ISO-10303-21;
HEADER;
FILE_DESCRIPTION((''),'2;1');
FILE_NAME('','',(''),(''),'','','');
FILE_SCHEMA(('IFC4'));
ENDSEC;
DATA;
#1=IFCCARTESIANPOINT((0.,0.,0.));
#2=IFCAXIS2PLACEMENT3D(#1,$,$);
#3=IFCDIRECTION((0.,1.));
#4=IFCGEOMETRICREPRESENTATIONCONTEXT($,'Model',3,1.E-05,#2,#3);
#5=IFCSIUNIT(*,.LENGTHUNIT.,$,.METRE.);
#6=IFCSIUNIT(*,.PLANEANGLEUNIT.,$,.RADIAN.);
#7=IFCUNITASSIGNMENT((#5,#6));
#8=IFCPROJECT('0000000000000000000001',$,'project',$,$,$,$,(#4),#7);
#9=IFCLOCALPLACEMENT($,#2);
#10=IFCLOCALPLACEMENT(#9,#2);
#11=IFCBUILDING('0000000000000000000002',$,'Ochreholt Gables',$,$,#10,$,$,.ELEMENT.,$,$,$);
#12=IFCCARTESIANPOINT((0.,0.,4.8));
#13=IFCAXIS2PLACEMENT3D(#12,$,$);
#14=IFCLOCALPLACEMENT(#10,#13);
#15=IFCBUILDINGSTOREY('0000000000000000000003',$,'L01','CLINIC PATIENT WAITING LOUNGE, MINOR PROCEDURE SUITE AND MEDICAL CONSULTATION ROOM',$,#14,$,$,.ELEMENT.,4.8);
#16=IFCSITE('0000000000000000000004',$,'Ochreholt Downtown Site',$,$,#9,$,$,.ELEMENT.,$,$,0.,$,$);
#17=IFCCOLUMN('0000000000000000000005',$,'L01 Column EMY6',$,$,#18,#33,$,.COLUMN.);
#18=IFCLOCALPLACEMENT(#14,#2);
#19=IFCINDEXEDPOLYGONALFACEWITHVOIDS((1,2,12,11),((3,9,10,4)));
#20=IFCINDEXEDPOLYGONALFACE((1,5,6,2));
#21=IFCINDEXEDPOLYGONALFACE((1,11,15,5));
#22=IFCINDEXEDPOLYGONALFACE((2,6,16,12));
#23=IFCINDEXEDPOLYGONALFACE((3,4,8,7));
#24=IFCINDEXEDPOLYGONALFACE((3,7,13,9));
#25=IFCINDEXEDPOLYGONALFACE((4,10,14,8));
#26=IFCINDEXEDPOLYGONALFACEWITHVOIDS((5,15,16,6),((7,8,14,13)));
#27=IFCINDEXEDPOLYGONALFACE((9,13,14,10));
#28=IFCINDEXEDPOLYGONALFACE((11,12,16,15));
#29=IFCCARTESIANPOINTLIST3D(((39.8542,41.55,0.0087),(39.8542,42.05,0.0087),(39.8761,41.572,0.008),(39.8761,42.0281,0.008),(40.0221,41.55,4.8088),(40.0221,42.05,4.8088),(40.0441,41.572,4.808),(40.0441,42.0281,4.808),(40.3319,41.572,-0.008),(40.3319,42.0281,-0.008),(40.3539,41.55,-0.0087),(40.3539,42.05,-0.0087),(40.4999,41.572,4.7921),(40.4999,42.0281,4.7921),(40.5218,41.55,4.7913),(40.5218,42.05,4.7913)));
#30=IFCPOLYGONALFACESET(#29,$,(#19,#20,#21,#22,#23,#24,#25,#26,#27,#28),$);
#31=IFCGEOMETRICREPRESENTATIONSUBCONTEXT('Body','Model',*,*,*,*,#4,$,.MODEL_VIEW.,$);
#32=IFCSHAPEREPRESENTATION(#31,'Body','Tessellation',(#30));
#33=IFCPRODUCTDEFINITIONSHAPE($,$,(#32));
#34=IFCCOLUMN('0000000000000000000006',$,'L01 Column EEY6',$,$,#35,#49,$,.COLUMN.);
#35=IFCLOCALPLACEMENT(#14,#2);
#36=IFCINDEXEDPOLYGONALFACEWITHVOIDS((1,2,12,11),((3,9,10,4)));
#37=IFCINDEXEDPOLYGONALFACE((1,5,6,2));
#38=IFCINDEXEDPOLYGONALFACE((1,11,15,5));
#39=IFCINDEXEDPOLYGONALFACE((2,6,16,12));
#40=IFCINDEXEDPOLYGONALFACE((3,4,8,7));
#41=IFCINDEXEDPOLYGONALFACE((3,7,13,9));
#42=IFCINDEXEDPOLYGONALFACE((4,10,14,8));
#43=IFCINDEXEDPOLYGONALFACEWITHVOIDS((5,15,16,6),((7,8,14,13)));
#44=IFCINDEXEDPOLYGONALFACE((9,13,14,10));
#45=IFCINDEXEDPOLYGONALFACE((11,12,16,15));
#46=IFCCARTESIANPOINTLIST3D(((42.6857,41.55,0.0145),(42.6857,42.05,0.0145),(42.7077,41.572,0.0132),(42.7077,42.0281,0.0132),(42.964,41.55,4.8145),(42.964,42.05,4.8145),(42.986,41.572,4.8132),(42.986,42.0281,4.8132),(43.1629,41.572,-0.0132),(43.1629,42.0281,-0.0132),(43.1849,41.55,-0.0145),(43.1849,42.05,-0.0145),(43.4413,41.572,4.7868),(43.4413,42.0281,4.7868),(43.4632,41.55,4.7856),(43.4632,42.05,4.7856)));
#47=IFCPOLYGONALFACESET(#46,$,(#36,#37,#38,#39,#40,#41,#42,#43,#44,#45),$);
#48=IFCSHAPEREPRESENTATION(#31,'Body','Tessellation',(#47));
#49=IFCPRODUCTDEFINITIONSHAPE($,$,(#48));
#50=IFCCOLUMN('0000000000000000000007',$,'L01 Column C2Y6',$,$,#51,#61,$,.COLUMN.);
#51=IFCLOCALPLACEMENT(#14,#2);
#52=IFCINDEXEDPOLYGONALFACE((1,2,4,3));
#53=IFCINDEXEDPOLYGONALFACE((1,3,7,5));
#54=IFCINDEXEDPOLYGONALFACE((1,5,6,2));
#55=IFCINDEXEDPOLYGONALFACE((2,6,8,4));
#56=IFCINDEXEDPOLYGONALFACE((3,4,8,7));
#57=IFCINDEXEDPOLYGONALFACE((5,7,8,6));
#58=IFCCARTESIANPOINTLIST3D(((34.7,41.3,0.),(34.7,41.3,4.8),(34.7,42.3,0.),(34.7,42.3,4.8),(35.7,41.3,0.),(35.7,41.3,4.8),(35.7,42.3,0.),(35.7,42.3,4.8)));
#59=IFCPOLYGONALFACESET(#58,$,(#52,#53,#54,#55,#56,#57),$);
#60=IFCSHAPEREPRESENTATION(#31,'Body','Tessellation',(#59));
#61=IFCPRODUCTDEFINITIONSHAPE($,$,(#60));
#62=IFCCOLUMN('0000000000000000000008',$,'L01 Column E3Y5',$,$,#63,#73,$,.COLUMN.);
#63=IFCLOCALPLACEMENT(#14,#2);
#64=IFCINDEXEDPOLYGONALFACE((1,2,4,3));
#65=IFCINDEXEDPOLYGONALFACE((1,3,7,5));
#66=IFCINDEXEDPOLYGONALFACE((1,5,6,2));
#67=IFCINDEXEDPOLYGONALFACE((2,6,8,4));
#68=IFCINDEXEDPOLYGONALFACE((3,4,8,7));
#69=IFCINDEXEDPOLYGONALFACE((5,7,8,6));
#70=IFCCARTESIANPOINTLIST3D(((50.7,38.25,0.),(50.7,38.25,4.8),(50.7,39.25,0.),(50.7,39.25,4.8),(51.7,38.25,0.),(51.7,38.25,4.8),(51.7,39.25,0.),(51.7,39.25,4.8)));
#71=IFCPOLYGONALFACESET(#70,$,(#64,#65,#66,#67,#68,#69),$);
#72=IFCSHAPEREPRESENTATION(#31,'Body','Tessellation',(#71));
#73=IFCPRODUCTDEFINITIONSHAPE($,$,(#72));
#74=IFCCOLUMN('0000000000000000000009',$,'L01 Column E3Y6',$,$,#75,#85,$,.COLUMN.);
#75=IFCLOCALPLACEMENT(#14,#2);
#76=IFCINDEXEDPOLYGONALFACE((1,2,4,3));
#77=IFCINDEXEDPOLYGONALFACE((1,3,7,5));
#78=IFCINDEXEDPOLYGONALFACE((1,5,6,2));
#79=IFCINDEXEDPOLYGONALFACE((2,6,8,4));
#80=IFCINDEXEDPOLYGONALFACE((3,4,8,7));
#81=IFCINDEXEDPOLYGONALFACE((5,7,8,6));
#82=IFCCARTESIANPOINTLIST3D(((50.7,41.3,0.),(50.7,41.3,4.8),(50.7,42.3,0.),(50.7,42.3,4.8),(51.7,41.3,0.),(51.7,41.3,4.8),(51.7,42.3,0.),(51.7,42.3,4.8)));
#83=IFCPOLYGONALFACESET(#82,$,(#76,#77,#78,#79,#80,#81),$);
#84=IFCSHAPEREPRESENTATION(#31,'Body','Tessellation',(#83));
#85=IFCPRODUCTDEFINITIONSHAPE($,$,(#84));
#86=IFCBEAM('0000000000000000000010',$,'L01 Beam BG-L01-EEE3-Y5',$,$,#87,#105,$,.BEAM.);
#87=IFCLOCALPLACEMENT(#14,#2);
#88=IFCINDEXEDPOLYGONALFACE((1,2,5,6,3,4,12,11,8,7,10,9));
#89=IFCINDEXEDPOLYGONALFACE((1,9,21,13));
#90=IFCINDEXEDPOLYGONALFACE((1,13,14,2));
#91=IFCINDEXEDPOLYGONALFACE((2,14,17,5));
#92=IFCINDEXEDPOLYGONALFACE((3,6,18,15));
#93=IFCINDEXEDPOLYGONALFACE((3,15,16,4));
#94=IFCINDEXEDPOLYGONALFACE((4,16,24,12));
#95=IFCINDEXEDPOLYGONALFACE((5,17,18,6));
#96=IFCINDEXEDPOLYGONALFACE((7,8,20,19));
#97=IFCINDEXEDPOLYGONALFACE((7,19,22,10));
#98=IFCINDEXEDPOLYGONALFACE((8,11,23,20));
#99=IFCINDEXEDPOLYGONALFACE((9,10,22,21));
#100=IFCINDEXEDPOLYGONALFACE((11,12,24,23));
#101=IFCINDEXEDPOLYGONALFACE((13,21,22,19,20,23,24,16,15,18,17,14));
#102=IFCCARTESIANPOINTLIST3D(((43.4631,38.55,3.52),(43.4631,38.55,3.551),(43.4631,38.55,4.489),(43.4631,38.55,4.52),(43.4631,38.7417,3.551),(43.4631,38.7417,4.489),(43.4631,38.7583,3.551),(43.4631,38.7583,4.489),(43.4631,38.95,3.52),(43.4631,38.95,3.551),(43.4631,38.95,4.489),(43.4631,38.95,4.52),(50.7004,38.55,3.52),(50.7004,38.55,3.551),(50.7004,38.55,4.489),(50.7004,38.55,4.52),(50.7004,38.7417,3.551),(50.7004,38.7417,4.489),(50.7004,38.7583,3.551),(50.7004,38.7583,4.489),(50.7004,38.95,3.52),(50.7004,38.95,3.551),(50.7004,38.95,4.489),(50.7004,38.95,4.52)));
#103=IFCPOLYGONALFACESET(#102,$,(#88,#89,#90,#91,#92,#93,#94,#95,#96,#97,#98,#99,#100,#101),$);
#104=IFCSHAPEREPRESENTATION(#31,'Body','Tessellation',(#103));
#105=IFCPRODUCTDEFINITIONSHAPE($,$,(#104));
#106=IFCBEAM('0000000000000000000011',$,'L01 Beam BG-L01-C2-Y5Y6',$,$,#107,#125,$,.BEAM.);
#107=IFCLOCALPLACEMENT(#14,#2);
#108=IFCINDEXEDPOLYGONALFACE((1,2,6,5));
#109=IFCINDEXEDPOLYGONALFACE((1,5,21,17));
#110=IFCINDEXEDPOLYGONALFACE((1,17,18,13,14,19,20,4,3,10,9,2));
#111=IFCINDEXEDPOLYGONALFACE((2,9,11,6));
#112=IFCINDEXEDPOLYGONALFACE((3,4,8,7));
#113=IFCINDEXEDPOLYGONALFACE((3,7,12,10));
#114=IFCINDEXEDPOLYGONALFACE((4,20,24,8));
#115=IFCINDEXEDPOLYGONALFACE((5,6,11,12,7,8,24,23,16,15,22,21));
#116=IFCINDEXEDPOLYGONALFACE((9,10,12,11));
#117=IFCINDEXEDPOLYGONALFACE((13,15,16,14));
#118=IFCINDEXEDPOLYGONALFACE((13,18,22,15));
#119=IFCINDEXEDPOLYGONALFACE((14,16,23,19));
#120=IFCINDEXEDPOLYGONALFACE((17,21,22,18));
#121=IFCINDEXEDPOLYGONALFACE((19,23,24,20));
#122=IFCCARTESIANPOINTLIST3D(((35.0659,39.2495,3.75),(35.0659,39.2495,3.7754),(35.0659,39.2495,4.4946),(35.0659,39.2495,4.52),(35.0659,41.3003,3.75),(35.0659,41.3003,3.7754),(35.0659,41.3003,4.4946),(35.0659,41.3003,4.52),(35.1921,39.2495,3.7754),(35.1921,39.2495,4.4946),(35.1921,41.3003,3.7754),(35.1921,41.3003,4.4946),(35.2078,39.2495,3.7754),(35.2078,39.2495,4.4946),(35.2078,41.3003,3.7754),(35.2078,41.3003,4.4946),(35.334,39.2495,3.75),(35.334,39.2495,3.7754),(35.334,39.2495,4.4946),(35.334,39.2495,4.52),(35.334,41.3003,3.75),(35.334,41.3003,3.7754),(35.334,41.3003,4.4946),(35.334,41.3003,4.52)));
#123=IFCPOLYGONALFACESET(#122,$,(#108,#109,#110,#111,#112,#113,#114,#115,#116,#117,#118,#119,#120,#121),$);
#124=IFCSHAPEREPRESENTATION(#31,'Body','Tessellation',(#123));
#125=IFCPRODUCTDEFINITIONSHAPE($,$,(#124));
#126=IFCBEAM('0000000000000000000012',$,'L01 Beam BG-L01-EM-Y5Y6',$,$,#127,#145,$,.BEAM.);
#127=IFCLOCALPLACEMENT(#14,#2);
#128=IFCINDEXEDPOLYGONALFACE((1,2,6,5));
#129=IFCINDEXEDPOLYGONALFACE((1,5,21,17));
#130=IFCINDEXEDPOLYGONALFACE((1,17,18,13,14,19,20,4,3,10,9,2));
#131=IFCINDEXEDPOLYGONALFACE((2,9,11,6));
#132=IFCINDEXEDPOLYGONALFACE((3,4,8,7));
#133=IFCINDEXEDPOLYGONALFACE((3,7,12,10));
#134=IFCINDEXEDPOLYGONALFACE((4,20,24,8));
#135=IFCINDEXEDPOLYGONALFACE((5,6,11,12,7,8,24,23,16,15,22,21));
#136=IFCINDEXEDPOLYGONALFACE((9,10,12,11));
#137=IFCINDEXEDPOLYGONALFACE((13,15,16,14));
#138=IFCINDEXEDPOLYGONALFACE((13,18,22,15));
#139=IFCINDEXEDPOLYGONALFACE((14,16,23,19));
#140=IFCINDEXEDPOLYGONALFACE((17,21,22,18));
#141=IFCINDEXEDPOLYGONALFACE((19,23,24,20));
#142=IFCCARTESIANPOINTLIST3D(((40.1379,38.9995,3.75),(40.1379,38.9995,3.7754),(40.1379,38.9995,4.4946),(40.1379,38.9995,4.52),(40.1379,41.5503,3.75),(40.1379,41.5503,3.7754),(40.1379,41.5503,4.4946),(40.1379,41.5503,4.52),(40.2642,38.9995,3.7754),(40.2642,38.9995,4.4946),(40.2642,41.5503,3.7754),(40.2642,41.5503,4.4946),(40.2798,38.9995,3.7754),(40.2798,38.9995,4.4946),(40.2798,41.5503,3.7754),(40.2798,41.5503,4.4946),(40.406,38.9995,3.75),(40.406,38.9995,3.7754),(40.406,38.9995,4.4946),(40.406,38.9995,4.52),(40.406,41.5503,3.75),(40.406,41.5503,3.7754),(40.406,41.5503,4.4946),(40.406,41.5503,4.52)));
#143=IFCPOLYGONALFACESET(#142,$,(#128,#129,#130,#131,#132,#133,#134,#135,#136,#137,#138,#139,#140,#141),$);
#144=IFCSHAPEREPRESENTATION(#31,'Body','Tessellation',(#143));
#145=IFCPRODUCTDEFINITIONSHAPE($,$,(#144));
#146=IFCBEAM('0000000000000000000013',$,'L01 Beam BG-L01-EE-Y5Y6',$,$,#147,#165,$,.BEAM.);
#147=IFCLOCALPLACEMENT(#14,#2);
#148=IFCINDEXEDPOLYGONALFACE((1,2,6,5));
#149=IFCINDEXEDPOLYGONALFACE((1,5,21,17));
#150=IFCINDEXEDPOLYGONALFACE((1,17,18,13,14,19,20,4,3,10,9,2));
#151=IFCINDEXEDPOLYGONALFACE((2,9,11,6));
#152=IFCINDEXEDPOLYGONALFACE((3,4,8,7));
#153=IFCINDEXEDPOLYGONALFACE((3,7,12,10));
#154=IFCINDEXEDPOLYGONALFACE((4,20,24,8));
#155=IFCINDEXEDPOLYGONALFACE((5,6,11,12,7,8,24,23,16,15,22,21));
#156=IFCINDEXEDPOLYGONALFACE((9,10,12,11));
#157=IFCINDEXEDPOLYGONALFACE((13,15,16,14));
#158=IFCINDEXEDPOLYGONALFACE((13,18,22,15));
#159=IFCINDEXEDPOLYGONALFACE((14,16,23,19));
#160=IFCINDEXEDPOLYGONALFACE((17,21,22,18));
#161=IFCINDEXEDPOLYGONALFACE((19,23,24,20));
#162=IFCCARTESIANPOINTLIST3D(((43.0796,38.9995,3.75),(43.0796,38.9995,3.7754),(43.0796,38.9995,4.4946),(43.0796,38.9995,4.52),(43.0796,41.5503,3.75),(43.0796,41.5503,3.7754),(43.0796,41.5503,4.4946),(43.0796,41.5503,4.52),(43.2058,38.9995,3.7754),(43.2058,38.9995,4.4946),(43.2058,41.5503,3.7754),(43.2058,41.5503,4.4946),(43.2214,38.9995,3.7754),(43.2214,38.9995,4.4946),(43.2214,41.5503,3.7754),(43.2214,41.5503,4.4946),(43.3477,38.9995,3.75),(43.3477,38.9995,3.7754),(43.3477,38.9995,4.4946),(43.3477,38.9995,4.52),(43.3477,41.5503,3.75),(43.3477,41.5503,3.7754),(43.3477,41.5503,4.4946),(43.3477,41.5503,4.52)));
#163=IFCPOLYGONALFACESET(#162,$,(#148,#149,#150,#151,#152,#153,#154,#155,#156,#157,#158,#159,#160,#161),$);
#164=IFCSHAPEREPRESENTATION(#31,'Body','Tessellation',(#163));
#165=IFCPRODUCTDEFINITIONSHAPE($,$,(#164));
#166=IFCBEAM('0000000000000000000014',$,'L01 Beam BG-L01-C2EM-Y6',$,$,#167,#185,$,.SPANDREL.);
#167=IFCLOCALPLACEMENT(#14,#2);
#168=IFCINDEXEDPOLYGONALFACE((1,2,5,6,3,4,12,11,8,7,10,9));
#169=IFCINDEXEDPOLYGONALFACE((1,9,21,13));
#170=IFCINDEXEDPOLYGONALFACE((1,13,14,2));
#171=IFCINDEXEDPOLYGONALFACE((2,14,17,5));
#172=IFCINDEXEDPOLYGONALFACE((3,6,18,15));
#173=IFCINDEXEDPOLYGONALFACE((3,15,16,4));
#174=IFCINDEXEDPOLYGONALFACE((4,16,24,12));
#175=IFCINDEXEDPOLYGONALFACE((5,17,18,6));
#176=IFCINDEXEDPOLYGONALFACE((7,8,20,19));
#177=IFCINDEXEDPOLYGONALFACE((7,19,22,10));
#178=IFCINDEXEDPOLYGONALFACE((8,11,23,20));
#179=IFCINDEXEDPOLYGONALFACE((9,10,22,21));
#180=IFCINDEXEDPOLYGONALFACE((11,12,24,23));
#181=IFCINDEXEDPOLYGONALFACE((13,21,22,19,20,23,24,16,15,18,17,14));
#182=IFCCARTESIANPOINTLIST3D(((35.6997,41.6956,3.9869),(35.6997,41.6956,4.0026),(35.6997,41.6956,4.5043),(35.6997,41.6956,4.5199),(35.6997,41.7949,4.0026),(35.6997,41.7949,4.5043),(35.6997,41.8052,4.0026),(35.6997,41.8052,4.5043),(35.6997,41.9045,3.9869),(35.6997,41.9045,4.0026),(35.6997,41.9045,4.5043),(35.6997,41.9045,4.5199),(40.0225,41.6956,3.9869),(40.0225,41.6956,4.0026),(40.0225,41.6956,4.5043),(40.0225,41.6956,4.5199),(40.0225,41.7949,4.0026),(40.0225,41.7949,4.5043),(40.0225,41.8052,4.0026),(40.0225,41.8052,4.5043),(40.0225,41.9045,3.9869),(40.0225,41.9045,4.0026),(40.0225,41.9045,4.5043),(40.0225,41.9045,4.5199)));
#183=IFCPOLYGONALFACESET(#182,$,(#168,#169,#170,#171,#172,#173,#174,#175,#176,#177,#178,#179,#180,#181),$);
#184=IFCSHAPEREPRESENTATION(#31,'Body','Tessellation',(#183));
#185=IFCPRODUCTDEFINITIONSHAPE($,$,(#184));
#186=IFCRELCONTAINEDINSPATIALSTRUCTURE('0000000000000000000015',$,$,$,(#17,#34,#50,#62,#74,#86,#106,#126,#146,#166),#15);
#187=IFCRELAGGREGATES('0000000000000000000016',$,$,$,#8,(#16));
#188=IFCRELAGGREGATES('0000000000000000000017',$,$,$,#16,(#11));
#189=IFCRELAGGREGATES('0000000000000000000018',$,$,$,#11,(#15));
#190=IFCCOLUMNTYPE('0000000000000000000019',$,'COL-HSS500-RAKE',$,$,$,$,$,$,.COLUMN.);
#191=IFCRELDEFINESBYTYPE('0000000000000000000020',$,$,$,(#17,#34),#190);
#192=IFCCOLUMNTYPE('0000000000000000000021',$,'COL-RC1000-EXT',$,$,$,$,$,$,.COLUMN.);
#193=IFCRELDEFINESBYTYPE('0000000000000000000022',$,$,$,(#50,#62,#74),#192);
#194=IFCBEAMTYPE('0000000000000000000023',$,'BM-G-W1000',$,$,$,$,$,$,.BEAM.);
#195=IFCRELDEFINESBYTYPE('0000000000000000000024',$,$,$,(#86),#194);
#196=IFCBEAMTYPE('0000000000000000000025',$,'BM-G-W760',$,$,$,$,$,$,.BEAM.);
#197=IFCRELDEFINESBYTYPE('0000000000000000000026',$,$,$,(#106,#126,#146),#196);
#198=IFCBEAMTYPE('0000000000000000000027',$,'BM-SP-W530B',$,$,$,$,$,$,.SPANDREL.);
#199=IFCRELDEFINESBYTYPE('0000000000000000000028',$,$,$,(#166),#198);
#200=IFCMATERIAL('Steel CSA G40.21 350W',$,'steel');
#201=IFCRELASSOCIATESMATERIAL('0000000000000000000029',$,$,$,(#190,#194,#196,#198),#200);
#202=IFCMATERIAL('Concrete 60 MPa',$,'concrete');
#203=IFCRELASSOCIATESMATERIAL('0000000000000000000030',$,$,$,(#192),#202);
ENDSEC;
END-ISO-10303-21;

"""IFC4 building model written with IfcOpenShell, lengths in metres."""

from ifc_helpers import new_model, si_unit, direction, frame, origin, origin_2d, place, context, subcontext, project, spatial, rectangle, hollow_rectangle, i_section, extrude, material, material_profile, profile_set, type_object, element, save


model = new_model("IFC4")

# Units and contexts
model_context = context("Model", 3, precision=1e-05, world=origin(), true_north=direction((0.0, 1.0)))
body_context = subcontext(model_context, "Body", "Model", "MODEL_VIEW")
ifc_project = project(units=[si_unit("LENGTHUNIT", "METRE"), si_unit("PLANEANGLEUNIT", "RADIAN")], contexts=[model_context])

# Site, building, storey
site_placement = place(None, origin())
site = spatial("IfcSite", under=ifc_project, at=site_placement, Name="Ochreholt Downtown Site", CompositionType="ELEMENT", RefElevation=0.0)
building_placement = place(site_placement, origin())
building = spatial("IfcBuilding", under=site, at=building_placement, Name="Ochreholt Gables", CompositionType="ELEMENT")
storey_placement = place(building_placement, frame((0.0, 0.0, 4.8)))
storey = spatial("IfcBuildingStorey", under=building, at=storey_placement, Name="L01", Description="CLINIC PATIENT WAITING LOUNGE, MINOR PROCEDURE SUITE AND MEDICAL CONSULTATION ROOM", CompositionType="ELEMENT", Elevation=4.8)

# Columns
ifc_material_1 = material(Name="Steel CSA G40.21 350W", Category="steel")
ifc_material_profile_1 = material_profile(ifc_material_1, hollow_rectangle(XDim=0.5, YDim=0.5, WallThickness=0.022, at=origin_2d()), Name="HSS500X500X22")
ifc_profile_set_1 = profile_set([ifc_material_profile_1], Name="Steel CSA G40.21 350W")
column_type_1 = type_object("IfcColumnType", Name="COL-HSS500-RAKE", PredefinedType="COLUMN", material=ifc_profile_set_1)
column_1_placement = place(storey_placement, frame((40.104, 41.8, 0.0), z_axis=(0.034972, 0.0, 0.999388), x_axis=(0.0, 1.0, 0.0)))
element("IfcColumn", 1, at=column_1_placement, inside=storey, type_object=column_type_1, Name="L01 Column EMY6", PredefinedType="COLUMN", context=body_context, shape_type="SweptSolid", body=[
    extrude(hollow_rectangle(XDim=0.5, YDim=0.5, WallThickness=0.022, at=origin_2d()), origin(), (0.0, 0.0, 1.0), 4.803),
])
column_2_placement = place(storey_placement, frame((42.9353, 41.8, 0.0), z_axis=(0.057886, 0.0, 0.998323), x_axis=(0.0, 1.0, 0.0)))
element("IfcColumn", 2, at=column_2_placement, inside=storey, type_object=column_type_1, Name="L01 Column EEY6", PredefinedType="COLUMN", context=body_context, shape_type="SweptSolid", body=[
    extrude(hollow_rectangle(XDim=0.5, YDim=0.5, WallThickness=0.022, at=origin_2d()), origin(), (0.0, 0.0, 1.0), 4.8081),
])
ifc_material_2 = material(Name="Concrete 60 MPa", Category="concrete")
ifc_material_profile_2 = material_profile(ifc_material_2, rectangle(XDim=1.0, YDim=1.0, at=origin_2d()), Name="RC1000X1000")
ifc_profile_set_2 = profile_set([ifc_material_profile_2], Name="Concrete 60 MPa")
column_type_2 = type_object("IfcColumnType", Name="COL-RC1000-EXT", PredefinedType="COLUMN", material=ifc_profile_set_2)
for number, where, z_axis, x_axis, name in (
    (3, (35.2, 41.8, 0.0), (0.0, 0.0, 1.0), (1.0, 0.0, 0.0), "L01 Column C2Y6"),
    (4, (51.2, 38.75, 0.0), (0.0, 0.0, 1.0), (1.0, 0.0, 0.0), "L01 Column E3Y5"),
    (5, (51.2, 41.8, 0.0), (0.0, 0.0, 1.0), (1.0, 0.0, 0.0), "L01 Column E3Y6"),
):
    element("IfcColumn", number, at=place(storey_placement, frame(where, z_axis=z_axis, x_axis=x_axis)), inside=storey, type_object=column_type_2, Name=name, PredefinedType="COLUMN", context=body_context, shape_type="SweptSolid", body=[
        extrude(rectangle(XDim=1.0, YDim=1.0, at=origin_2d()), origin(), (0.0, 0.0, 1.0), 4.8),
    ])

# Beams
ifc_material_profile_3 = material_profile(ifc_material_1, i_section(OverallWidth=0.3999, OverallDepth=1.0, WebThickness=0.0166, FlangeThickness=0.031, at=origin_2d()), Name="W1000X321")
ifc_profile_set_3 = profile_set([ifc_material_profile_3], Name="Steel CSA G40.21 350W")
beam_type_1 = type_object("IfcBeamType", Name="BM-G-W1000", PredefinedType="BEAM", material=ifc_profile_set_3)
beam_1_placement = place(storey_placement, frame((43.4631, 38.75, 4.02), z_axis=(1.0, 0.0, 0.0), x_axis=(0.0, 1.0, 0.0)))
element("IfcBeam", 6, at=beam_1_placement, inside=storey, type_object=beam_type_1, Name="L01 Beam BG-L01-EEE3-Y5", PredefinedType="BEAM", context=body_context, shape_type="SweptSolid", body=[
    extrude(i_section(OverallWidth=0.3999, OverallDepth=1.0, WebThickness=0.0166, FlangeThickness=0.031, at=origin_2d()), origin(), (0.0, 0.0, 1.0), 7.2373),
])
ifc_material_profile_4 = material_profile(ifc_material_1, i_section(OverallWidth=0.2681, OverallDepth=0.77, WebThickness=0.0156, FlangeThickness=0.0254, at=origin_2d()), Name="W760X196")
ifc_profile_set_4 = profile_set([ifc_material_profile_4], Name="Steel CSA G40.21 350W")
beam_type_2 = type_object("IfcBeamType", Name="BM-G-W760", PredefinedType="BEAM", material=ifc_profile_set_4)
beam_2_placement = place(storey_placement, frame((35.2, 39.2495, 4.135), z_axis=(0.0, 1.0, 0.0), x_axis=(-1.0, 0.0, 0.0)))
element("IfcBeam", 7, at=beam_2_placement, inside=storey, type_object=beam_type_2, Name="L01 Beam BG-L01-C2-Y5Y6", PredefinedType="BEAM", context=body_context, shape_type="SweptSolid", body=[
    extrude(i_section(OverallWidth=0.2681, OverallDepth=0.77, WebThickness=0.0156, FlangeThickness=0.0254, at=origin_2d()), origin(), (0.0, 0.0, 1.0), 2.0508),
])
for number, where, z_axis, x_axis, name in (
    (8, (40.272, 38.9995, 4.135), (0.0, 1.0, 0.0), (-1.0, 0.0, 0.0), "L01 Beam BG-L01-EM-Y5Y6"),
    (9, (43.2136, 38.9995, 4.135), (0.0, 1.0, 0.0), (-1.0, 0.0, 0.0), "L01 Beam BG-L01-EE-Y5Y6"),
):
    element("IfcBeam", number, at=place(storey_placement, frame(where, z_axis=z_axis, x_axis=x_axis)), inside=storey, type_object=beam_type_2, Name=name, PredefinedType="BEAM", context=body_context, shape_type="SweptSolid", body=[
        extrude(i_section(OverallWidth=0.2681, OverallDepth=0.77, WebThickness=0.0156, FlangeThickness=0.0254, at=origin_2d()), origin(), (0.0, 0.0, 1.0), 2.5508),
    ])
ifc_material_profile_5 = material_profile(ifc_material_1, i_section(OverallWidth=0.209, OverallDepth=0.533, WebThickness=0.0103, FlangeThickness=0.0156, at=origin_2d()), Name="W530X92")
ifc_profile_set_5 = profile_set([ifc_material_profile_5], Name="Steel CSA G40.21 350W")
beam_type_3 = type_object("IfcBeamType", Name="BM-SP-W530B", PredefinedType="SPANDREL", material=ifc_profile_set_5)
beam_3_placement = place(storey_placement, frame((35.6997, 41.8, 4.2534), z_axis=(1.0, 0.0, 0.0), x_axis=(0.0, 1.0, 0.0)))
element("IfcBeam", 10, at=beam_3_placement, inside=storey, type_object=beam_type_3, Name="L01 Beam BG-L01-C2EM-Y6", PredefinedType="SPANDREL", context=body_context, shape_type="SweptSolid", body=[
    extrude(i_section(OverallWidth=0.209, OverallDepth=0.533, WebThickness=0.0103, FlangeThickness=0.0156, at=origin_2d()), origin(), (0.0, 0.0, 1.0), 4.3228),
])

save(model, "model.ifc")
